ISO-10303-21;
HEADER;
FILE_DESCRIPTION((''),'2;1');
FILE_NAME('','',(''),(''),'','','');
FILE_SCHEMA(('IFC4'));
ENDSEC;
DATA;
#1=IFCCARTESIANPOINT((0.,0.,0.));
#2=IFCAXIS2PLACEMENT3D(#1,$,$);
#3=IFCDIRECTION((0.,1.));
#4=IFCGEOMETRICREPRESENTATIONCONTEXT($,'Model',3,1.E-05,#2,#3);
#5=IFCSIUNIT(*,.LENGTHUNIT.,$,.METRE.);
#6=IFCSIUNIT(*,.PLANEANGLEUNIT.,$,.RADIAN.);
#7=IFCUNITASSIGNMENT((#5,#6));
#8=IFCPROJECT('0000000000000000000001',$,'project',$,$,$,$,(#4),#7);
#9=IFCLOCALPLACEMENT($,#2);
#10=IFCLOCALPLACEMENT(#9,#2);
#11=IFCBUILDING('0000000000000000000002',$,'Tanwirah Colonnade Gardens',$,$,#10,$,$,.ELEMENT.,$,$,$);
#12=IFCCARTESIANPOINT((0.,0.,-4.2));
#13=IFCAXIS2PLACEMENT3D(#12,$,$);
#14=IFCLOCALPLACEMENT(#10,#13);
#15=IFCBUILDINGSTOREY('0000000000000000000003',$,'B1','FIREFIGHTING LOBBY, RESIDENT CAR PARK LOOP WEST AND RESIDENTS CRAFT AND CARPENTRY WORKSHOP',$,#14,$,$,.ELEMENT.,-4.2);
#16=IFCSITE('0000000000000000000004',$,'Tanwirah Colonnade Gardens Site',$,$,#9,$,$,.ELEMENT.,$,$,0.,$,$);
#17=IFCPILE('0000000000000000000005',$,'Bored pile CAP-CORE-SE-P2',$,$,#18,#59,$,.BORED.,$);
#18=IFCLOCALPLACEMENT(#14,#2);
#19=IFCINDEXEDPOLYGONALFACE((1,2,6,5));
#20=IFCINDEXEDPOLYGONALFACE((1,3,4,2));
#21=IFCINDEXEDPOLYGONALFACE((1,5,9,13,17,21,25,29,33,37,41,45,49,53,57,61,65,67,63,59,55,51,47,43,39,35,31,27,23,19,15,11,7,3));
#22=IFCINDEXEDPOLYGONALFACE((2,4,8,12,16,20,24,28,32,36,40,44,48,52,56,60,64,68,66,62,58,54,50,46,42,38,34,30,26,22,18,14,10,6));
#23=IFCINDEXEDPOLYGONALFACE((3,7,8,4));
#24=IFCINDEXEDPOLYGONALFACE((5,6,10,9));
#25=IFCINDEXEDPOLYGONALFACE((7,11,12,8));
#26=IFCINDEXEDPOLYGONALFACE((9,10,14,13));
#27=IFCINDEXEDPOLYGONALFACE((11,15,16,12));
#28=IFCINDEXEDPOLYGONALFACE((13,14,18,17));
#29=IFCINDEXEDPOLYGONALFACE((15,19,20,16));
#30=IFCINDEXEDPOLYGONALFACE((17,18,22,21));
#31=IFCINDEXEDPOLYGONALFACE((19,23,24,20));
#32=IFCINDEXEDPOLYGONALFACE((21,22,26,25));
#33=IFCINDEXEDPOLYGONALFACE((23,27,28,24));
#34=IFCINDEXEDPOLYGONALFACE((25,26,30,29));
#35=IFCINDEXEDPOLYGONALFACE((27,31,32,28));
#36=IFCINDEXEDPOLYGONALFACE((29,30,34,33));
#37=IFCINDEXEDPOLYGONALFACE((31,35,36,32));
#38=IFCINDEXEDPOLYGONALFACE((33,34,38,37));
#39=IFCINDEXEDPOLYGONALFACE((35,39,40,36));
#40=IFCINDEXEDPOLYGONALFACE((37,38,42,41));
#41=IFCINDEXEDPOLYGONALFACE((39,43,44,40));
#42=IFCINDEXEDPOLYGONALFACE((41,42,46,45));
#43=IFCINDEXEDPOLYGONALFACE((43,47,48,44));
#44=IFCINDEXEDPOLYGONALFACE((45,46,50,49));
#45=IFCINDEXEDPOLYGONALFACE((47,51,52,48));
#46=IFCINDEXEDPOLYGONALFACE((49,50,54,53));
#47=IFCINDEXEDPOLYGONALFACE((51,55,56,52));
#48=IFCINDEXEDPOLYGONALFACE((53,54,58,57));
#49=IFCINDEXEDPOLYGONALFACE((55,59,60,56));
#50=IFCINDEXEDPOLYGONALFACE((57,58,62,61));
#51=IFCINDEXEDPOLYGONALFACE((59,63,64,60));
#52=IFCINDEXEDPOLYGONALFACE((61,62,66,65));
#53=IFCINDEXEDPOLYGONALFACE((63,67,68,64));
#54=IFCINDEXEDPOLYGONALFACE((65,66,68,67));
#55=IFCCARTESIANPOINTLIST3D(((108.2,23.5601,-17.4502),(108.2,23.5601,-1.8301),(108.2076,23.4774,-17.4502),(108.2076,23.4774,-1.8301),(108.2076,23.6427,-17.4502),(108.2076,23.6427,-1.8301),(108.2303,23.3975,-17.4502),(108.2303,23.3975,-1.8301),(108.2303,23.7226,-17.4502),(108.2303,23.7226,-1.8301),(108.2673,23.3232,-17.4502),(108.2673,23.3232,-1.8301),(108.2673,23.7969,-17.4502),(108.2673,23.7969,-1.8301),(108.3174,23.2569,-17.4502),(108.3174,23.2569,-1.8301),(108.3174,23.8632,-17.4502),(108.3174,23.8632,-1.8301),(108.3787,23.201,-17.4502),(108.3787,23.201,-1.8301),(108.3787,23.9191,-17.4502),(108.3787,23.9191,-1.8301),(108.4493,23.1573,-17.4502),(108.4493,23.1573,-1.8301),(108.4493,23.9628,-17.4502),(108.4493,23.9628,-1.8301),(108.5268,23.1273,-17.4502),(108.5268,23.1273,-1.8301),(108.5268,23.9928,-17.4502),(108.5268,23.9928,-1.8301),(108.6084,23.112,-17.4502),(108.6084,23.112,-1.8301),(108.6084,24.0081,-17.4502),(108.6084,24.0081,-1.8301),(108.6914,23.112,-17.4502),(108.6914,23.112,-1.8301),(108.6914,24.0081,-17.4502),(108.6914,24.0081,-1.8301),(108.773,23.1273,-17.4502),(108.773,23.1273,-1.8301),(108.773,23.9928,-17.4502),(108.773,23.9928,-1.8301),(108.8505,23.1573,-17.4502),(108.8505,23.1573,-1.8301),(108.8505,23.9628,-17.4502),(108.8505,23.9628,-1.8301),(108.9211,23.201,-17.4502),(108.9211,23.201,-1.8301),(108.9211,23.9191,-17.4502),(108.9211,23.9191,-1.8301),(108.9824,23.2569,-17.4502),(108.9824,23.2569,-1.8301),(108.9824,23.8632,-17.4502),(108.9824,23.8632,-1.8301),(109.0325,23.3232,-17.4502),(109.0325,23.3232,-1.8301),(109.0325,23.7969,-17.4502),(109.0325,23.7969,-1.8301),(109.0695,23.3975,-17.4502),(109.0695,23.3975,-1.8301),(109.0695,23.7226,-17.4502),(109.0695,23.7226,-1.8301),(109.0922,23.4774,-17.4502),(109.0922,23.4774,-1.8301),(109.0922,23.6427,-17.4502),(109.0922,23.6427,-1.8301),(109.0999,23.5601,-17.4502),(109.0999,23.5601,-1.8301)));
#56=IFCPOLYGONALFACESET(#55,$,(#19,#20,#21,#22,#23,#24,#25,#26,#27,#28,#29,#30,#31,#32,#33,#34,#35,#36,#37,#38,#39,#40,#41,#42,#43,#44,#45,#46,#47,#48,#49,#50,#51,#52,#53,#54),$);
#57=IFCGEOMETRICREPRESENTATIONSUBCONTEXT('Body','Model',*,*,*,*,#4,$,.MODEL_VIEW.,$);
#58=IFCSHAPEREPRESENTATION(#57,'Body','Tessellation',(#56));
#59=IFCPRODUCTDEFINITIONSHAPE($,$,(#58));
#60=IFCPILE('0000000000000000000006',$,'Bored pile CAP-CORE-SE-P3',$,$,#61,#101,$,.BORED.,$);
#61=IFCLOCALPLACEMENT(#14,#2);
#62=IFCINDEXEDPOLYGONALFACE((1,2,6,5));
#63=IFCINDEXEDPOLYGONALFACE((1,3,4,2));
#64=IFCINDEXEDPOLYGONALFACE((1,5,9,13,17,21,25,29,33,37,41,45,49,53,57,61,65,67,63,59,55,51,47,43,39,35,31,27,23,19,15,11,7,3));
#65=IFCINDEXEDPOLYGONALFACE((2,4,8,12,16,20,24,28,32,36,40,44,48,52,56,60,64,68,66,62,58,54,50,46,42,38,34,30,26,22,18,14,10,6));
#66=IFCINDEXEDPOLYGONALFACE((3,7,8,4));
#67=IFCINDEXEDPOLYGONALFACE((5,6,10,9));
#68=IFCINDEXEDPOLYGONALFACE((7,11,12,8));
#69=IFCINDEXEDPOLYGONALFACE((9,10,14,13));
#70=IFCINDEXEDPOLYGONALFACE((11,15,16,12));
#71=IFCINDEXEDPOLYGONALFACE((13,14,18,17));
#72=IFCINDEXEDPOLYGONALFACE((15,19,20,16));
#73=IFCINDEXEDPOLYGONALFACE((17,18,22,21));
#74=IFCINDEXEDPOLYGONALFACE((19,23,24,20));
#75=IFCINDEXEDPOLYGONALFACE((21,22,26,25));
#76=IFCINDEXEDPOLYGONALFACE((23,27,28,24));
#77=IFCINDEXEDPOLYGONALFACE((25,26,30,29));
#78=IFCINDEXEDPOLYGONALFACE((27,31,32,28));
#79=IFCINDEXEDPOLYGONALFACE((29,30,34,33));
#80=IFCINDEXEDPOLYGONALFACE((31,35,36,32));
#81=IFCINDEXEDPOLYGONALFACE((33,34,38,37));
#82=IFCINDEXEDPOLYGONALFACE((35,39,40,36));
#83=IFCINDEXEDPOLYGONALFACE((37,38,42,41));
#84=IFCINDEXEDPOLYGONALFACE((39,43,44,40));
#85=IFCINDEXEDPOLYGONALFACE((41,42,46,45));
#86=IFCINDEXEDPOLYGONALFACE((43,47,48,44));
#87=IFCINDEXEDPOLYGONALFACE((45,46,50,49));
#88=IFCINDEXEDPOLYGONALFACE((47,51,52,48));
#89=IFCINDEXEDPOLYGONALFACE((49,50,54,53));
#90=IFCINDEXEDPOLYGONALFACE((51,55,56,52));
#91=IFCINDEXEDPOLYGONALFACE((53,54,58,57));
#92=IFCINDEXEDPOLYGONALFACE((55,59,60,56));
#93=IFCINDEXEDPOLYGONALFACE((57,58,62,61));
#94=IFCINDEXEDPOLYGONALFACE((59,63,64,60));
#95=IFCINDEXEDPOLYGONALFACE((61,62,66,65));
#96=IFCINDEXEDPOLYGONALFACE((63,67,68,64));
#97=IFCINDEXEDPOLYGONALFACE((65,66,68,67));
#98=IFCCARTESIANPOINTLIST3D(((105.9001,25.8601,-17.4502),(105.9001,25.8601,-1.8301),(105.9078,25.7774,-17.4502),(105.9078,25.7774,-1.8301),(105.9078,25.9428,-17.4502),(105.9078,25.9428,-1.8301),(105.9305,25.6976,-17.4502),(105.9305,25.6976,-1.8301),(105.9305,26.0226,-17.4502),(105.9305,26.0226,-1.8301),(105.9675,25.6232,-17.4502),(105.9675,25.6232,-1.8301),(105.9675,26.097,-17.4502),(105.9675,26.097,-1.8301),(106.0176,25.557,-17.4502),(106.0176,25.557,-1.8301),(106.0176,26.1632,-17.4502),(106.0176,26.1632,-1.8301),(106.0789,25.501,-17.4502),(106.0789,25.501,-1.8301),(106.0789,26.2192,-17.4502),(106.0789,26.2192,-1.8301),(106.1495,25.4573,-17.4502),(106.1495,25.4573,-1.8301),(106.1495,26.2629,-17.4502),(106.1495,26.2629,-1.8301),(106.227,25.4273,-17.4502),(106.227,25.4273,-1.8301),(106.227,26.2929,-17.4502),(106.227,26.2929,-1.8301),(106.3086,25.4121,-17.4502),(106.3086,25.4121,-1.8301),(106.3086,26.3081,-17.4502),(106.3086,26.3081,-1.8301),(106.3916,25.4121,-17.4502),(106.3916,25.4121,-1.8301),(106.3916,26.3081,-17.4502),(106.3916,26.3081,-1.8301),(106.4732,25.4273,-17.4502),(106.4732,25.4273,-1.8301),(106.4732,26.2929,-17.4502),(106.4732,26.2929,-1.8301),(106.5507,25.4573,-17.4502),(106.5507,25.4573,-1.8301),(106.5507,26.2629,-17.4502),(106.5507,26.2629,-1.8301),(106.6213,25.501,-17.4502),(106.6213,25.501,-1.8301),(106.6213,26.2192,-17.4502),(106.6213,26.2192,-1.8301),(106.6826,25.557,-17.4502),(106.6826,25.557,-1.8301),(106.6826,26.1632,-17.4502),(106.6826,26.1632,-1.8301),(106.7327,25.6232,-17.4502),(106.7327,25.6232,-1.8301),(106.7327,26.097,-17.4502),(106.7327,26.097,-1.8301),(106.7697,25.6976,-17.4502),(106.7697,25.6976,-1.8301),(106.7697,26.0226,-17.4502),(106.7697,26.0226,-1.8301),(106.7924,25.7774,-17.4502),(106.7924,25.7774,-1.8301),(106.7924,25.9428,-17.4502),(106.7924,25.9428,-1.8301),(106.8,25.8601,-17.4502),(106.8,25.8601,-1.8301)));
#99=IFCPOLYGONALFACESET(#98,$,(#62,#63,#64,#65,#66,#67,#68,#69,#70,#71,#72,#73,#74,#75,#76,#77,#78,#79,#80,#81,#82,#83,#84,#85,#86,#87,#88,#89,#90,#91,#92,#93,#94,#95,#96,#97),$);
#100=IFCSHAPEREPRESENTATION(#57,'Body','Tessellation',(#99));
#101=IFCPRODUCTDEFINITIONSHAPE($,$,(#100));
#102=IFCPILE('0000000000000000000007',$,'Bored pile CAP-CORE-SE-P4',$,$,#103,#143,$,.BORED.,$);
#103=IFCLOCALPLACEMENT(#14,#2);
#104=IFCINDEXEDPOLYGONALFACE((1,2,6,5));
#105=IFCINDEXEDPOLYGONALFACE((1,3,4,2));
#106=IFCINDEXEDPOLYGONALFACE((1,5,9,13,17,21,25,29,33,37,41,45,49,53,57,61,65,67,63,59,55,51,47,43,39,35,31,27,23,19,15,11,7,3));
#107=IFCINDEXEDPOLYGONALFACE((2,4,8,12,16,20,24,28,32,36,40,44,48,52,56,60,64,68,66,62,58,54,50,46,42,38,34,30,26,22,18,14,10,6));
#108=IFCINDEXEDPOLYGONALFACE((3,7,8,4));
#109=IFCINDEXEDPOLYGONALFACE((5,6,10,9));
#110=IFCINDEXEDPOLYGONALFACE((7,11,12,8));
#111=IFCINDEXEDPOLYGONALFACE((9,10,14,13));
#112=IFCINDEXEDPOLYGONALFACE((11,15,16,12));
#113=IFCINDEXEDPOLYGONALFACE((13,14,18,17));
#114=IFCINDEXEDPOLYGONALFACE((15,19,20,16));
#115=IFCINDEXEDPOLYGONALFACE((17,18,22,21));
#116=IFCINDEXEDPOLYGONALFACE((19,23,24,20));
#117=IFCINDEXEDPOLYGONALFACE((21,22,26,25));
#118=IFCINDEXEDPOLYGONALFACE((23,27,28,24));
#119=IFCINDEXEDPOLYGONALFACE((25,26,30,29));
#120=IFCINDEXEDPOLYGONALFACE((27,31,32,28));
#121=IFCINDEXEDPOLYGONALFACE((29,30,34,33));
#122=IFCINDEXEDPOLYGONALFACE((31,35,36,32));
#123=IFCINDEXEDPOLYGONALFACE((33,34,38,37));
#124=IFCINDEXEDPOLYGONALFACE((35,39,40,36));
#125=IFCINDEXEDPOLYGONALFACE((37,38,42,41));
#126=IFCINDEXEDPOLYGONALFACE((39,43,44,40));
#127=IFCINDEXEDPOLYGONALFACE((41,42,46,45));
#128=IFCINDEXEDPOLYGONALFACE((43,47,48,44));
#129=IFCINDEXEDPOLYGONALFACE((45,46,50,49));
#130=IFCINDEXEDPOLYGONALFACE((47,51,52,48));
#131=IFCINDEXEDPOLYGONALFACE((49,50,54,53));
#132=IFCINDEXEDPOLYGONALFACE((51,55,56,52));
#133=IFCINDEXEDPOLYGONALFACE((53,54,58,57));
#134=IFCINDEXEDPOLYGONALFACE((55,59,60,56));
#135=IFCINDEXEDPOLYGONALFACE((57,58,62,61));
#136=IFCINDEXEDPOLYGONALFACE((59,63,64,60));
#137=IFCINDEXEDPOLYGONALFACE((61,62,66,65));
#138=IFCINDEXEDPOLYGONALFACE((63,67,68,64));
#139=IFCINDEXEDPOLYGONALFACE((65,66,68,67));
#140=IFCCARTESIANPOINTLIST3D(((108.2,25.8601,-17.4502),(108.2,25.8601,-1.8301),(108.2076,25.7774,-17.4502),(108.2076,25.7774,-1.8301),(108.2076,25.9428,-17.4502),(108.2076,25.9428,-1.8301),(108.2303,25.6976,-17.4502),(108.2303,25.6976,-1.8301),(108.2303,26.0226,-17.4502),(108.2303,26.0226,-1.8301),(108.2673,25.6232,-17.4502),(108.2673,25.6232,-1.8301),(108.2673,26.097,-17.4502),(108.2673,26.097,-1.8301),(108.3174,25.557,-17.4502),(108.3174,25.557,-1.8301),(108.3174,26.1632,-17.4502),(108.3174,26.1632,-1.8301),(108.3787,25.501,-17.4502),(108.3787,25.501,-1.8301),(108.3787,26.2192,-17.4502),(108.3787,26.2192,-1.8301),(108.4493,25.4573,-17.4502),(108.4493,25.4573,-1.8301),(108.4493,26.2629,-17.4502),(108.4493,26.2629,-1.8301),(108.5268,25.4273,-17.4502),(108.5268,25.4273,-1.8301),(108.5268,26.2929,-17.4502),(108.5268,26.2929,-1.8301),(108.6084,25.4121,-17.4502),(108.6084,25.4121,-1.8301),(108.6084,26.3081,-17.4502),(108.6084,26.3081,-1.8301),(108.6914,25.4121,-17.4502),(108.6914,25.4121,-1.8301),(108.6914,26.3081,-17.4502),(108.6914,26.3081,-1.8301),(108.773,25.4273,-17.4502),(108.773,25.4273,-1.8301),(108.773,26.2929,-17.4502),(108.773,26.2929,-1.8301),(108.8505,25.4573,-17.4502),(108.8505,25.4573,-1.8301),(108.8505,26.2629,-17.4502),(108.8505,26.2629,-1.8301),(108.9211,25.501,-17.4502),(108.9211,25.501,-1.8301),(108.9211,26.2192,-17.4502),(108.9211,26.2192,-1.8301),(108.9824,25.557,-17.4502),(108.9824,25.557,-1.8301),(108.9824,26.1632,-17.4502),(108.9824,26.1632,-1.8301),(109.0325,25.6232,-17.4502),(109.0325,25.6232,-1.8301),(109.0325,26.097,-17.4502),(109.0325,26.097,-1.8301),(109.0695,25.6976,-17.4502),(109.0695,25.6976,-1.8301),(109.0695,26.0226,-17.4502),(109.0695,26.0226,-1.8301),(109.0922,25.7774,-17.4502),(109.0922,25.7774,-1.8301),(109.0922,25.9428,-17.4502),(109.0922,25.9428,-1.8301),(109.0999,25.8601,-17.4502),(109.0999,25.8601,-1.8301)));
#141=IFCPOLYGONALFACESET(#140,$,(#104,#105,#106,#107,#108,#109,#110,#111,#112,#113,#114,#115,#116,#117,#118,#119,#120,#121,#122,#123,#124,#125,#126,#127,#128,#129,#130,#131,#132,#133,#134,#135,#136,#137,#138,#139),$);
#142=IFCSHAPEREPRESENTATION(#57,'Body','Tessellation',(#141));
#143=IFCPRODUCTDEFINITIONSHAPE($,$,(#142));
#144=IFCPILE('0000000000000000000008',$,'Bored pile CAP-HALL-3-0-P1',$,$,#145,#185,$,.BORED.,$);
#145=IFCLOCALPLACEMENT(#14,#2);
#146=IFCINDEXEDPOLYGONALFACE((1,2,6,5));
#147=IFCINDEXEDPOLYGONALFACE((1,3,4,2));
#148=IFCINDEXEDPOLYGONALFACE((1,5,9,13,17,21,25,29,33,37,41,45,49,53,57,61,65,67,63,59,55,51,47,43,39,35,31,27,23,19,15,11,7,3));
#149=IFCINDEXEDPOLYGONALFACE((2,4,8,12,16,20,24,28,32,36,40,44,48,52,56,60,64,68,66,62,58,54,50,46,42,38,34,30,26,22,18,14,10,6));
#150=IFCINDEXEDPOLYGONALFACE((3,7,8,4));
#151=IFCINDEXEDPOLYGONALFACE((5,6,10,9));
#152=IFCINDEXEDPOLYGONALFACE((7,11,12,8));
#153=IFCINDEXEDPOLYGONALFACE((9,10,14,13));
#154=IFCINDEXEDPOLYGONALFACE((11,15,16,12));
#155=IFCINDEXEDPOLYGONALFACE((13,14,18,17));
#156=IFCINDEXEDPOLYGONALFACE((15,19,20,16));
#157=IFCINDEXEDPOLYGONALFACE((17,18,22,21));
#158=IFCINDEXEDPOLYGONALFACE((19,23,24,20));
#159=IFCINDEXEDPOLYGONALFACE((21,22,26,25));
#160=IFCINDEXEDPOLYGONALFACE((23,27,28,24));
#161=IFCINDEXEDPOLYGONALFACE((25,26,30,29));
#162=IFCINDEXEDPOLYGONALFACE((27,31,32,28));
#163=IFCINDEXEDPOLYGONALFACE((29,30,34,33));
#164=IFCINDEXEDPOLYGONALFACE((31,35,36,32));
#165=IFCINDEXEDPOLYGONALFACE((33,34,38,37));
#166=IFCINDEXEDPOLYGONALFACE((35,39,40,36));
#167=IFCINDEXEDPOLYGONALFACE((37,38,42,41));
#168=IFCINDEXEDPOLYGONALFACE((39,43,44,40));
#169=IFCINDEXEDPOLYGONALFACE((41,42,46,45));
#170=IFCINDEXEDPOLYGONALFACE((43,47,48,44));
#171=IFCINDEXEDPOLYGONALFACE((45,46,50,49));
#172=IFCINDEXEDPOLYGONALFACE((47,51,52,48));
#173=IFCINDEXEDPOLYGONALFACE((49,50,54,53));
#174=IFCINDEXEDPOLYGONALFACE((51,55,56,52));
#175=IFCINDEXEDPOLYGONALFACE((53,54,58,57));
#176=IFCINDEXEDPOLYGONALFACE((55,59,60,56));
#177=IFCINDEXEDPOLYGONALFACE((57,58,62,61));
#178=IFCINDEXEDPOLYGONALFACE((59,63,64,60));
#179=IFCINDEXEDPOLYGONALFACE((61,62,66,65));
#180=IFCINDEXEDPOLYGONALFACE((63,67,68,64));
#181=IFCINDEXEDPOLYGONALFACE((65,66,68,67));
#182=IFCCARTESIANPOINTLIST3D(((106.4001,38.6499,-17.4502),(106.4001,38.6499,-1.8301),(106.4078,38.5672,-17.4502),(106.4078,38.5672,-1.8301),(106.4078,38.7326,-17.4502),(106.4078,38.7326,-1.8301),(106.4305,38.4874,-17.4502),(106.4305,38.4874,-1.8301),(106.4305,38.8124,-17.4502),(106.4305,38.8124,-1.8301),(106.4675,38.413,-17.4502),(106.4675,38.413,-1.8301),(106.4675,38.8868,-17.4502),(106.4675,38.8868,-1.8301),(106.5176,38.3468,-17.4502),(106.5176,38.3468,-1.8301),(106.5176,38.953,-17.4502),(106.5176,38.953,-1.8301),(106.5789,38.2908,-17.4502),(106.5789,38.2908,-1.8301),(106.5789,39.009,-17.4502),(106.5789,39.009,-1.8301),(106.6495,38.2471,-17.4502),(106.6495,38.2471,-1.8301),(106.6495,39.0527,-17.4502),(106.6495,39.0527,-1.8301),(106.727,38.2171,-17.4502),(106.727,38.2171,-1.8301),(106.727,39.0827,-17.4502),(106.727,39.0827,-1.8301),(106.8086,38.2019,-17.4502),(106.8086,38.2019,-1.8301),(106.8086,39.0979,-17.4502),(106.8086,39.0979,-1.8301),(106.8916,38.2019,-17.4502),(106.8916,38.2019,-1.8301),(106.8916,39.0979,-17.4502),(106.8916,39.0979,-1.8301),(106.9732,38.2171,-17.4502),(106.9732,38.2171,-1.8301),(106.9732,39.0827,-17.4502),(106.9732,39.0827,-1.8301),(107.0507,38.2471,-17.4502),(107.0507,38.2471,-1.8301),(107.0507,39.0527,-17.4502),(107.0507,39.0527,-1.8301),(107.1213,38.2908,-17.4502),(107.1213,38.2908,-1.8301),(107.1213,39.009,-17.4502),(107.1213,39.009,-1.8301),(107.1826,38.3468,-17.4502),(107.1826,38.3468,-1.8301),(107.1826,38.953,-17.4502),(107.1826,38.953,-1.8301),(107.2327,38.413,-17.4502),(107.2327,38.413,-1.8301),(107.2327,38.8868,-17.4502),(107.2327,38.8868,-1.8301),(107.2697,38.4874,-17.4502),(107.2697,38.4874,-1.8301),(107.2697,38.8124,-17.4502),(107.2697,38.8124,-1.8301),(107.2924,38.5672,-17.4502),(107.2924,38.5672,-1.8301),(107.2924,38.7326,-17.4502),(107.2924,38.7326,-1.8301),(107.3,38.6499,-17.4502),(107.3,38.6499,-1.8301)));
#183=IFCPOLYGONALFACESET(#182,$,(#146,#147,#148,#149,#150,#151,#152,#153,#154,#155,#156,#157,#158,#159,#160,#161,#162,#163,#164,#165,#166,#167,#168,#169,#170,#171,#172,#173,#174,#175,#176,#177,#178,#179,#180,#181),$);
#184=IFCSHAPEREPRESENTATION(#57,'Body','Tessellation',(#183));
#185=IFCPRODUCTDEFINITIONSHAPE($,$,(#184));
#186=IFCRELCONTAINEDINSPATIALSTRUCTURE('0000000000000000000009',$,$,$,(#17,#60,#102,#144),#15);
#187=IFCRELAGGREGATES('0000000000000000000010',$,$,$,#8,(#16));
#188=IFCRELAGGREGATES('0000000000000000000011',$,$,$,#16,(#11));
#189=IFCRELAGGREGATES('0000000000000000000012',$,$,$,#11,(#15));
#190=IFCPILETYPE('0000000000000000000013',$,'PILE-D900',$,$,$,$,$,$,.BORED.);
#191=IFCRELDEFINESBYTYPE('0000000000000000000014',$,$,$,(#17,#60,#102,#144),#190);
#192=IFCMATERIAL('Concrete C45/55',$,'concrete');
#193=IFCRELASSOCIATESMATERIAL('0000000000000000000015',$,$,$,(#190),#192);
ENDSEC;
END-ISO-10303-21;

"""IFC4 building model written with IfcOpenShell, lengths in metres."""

from ifc_helpers import new_model, si_unit, direction, frame, origin, origin_2d, place, context, subcontext, project, spatial, circle, extrude, material, material_profile, profile_set, type_object, element, save


model = new_model("IFC4")

# Units and contexts
model_context = context("Model", 3, precision=1e-05, world=origin(), true_north=direction((0.0, 1.0)))
body_context = subcontext(model_context, "Body", "Model", "MODEL_VIEW")
ifc_project = project(units=[si_unit("LENGTHUNIT", "METRE"), si_unit("PLANEANGLEUNIT", "RADIAN")], contexts=[model_context])

# Site, building, storey
site_placement = place(None, origin())
site = spatial("IfcSite", under=ifc_project, at=site_placement, Name="Tanwirah Colonnade Gardens Site", CompositionType="ELEMENT", RefElevation=0.0)
building_placement = place(site_placement, origin())
building = spatial("IfcBuilding", under=site, at=building_placement, Name="Tanwirah Colonnade Gardens", CompositionType="ELEMENT")
storey_placement = place(building_placement, frame((0.0, 0.0, -4.2)))
storey = spatial("IfcBuildingStorey", under=building, at=storey_placement, Name="B1", Description="FIREFIGHTING LOBBY, RESIDENT CAR PARK LOOP WEST AND RESIDENTS CRAFT AND CARPENTRY WORKSHOP", CompositionType="ELEMENT", Elevation=-4.2)

# Shared definitions
ifc_material_1 = material(Name="Concrete C45/55", Category="concrete")

# Piles
ifc_material_profile_1 = material_profile(ifc_material_1, circle(Radius=0.45, at=origin_2d()), Name="PILE D900")
ifc_profile_set_1 = profile_set([ifc_material_profile_1], Name="Concrete C45/55")
pile_type_1 = type_object("IfcPileType", Name="PILE-D900", PredefinedType="BORED", material=ifc_profile_set_1)
for number, where, z_axis, x_axis, name in (
    (1, (108.6499, 23.5601, -1.8301), (0.0, 0.0, -1.0), (1.0, 0.0, 0.0), "Bored pile CAP-CORE-SE-P2"),
    (2, (106.3501, 25.8601, -1.8301), (0.0, 0.0, -1.0), (1.0, 0.0, 0.0), "Bored pile CAP-CORE-SE-P3"),
    (3, (108.6499, 25.8601, -1.8301), (0.0, 0.0, -1.0), (1.0, 0.0, 0.0), "Bored pile CAP-CORE-SE-P4"),
    (4, (106.8501, 38.6499, -1.8301), (0.0, 0.0, -1.0), (1.0, 0.0, 0.0), "Bored pile CAP-HALL-3-0-P1"),
):
    element("IfcPile", number, at=place(storey_placement, frame(where, z_axis=z_axis, x_axis=x_axis)), inside=storey, type_object=pile_type_1, Name=name, PredefinedType="BORED", context=body_context, shape_type="SweptSolid", body=[
        extrude(circle(Radius=0.45, at=origin_2d()), origin(), (0.0, 0.0, 1.0), 15.6201),
    ])

save(model, "model.ifc")
